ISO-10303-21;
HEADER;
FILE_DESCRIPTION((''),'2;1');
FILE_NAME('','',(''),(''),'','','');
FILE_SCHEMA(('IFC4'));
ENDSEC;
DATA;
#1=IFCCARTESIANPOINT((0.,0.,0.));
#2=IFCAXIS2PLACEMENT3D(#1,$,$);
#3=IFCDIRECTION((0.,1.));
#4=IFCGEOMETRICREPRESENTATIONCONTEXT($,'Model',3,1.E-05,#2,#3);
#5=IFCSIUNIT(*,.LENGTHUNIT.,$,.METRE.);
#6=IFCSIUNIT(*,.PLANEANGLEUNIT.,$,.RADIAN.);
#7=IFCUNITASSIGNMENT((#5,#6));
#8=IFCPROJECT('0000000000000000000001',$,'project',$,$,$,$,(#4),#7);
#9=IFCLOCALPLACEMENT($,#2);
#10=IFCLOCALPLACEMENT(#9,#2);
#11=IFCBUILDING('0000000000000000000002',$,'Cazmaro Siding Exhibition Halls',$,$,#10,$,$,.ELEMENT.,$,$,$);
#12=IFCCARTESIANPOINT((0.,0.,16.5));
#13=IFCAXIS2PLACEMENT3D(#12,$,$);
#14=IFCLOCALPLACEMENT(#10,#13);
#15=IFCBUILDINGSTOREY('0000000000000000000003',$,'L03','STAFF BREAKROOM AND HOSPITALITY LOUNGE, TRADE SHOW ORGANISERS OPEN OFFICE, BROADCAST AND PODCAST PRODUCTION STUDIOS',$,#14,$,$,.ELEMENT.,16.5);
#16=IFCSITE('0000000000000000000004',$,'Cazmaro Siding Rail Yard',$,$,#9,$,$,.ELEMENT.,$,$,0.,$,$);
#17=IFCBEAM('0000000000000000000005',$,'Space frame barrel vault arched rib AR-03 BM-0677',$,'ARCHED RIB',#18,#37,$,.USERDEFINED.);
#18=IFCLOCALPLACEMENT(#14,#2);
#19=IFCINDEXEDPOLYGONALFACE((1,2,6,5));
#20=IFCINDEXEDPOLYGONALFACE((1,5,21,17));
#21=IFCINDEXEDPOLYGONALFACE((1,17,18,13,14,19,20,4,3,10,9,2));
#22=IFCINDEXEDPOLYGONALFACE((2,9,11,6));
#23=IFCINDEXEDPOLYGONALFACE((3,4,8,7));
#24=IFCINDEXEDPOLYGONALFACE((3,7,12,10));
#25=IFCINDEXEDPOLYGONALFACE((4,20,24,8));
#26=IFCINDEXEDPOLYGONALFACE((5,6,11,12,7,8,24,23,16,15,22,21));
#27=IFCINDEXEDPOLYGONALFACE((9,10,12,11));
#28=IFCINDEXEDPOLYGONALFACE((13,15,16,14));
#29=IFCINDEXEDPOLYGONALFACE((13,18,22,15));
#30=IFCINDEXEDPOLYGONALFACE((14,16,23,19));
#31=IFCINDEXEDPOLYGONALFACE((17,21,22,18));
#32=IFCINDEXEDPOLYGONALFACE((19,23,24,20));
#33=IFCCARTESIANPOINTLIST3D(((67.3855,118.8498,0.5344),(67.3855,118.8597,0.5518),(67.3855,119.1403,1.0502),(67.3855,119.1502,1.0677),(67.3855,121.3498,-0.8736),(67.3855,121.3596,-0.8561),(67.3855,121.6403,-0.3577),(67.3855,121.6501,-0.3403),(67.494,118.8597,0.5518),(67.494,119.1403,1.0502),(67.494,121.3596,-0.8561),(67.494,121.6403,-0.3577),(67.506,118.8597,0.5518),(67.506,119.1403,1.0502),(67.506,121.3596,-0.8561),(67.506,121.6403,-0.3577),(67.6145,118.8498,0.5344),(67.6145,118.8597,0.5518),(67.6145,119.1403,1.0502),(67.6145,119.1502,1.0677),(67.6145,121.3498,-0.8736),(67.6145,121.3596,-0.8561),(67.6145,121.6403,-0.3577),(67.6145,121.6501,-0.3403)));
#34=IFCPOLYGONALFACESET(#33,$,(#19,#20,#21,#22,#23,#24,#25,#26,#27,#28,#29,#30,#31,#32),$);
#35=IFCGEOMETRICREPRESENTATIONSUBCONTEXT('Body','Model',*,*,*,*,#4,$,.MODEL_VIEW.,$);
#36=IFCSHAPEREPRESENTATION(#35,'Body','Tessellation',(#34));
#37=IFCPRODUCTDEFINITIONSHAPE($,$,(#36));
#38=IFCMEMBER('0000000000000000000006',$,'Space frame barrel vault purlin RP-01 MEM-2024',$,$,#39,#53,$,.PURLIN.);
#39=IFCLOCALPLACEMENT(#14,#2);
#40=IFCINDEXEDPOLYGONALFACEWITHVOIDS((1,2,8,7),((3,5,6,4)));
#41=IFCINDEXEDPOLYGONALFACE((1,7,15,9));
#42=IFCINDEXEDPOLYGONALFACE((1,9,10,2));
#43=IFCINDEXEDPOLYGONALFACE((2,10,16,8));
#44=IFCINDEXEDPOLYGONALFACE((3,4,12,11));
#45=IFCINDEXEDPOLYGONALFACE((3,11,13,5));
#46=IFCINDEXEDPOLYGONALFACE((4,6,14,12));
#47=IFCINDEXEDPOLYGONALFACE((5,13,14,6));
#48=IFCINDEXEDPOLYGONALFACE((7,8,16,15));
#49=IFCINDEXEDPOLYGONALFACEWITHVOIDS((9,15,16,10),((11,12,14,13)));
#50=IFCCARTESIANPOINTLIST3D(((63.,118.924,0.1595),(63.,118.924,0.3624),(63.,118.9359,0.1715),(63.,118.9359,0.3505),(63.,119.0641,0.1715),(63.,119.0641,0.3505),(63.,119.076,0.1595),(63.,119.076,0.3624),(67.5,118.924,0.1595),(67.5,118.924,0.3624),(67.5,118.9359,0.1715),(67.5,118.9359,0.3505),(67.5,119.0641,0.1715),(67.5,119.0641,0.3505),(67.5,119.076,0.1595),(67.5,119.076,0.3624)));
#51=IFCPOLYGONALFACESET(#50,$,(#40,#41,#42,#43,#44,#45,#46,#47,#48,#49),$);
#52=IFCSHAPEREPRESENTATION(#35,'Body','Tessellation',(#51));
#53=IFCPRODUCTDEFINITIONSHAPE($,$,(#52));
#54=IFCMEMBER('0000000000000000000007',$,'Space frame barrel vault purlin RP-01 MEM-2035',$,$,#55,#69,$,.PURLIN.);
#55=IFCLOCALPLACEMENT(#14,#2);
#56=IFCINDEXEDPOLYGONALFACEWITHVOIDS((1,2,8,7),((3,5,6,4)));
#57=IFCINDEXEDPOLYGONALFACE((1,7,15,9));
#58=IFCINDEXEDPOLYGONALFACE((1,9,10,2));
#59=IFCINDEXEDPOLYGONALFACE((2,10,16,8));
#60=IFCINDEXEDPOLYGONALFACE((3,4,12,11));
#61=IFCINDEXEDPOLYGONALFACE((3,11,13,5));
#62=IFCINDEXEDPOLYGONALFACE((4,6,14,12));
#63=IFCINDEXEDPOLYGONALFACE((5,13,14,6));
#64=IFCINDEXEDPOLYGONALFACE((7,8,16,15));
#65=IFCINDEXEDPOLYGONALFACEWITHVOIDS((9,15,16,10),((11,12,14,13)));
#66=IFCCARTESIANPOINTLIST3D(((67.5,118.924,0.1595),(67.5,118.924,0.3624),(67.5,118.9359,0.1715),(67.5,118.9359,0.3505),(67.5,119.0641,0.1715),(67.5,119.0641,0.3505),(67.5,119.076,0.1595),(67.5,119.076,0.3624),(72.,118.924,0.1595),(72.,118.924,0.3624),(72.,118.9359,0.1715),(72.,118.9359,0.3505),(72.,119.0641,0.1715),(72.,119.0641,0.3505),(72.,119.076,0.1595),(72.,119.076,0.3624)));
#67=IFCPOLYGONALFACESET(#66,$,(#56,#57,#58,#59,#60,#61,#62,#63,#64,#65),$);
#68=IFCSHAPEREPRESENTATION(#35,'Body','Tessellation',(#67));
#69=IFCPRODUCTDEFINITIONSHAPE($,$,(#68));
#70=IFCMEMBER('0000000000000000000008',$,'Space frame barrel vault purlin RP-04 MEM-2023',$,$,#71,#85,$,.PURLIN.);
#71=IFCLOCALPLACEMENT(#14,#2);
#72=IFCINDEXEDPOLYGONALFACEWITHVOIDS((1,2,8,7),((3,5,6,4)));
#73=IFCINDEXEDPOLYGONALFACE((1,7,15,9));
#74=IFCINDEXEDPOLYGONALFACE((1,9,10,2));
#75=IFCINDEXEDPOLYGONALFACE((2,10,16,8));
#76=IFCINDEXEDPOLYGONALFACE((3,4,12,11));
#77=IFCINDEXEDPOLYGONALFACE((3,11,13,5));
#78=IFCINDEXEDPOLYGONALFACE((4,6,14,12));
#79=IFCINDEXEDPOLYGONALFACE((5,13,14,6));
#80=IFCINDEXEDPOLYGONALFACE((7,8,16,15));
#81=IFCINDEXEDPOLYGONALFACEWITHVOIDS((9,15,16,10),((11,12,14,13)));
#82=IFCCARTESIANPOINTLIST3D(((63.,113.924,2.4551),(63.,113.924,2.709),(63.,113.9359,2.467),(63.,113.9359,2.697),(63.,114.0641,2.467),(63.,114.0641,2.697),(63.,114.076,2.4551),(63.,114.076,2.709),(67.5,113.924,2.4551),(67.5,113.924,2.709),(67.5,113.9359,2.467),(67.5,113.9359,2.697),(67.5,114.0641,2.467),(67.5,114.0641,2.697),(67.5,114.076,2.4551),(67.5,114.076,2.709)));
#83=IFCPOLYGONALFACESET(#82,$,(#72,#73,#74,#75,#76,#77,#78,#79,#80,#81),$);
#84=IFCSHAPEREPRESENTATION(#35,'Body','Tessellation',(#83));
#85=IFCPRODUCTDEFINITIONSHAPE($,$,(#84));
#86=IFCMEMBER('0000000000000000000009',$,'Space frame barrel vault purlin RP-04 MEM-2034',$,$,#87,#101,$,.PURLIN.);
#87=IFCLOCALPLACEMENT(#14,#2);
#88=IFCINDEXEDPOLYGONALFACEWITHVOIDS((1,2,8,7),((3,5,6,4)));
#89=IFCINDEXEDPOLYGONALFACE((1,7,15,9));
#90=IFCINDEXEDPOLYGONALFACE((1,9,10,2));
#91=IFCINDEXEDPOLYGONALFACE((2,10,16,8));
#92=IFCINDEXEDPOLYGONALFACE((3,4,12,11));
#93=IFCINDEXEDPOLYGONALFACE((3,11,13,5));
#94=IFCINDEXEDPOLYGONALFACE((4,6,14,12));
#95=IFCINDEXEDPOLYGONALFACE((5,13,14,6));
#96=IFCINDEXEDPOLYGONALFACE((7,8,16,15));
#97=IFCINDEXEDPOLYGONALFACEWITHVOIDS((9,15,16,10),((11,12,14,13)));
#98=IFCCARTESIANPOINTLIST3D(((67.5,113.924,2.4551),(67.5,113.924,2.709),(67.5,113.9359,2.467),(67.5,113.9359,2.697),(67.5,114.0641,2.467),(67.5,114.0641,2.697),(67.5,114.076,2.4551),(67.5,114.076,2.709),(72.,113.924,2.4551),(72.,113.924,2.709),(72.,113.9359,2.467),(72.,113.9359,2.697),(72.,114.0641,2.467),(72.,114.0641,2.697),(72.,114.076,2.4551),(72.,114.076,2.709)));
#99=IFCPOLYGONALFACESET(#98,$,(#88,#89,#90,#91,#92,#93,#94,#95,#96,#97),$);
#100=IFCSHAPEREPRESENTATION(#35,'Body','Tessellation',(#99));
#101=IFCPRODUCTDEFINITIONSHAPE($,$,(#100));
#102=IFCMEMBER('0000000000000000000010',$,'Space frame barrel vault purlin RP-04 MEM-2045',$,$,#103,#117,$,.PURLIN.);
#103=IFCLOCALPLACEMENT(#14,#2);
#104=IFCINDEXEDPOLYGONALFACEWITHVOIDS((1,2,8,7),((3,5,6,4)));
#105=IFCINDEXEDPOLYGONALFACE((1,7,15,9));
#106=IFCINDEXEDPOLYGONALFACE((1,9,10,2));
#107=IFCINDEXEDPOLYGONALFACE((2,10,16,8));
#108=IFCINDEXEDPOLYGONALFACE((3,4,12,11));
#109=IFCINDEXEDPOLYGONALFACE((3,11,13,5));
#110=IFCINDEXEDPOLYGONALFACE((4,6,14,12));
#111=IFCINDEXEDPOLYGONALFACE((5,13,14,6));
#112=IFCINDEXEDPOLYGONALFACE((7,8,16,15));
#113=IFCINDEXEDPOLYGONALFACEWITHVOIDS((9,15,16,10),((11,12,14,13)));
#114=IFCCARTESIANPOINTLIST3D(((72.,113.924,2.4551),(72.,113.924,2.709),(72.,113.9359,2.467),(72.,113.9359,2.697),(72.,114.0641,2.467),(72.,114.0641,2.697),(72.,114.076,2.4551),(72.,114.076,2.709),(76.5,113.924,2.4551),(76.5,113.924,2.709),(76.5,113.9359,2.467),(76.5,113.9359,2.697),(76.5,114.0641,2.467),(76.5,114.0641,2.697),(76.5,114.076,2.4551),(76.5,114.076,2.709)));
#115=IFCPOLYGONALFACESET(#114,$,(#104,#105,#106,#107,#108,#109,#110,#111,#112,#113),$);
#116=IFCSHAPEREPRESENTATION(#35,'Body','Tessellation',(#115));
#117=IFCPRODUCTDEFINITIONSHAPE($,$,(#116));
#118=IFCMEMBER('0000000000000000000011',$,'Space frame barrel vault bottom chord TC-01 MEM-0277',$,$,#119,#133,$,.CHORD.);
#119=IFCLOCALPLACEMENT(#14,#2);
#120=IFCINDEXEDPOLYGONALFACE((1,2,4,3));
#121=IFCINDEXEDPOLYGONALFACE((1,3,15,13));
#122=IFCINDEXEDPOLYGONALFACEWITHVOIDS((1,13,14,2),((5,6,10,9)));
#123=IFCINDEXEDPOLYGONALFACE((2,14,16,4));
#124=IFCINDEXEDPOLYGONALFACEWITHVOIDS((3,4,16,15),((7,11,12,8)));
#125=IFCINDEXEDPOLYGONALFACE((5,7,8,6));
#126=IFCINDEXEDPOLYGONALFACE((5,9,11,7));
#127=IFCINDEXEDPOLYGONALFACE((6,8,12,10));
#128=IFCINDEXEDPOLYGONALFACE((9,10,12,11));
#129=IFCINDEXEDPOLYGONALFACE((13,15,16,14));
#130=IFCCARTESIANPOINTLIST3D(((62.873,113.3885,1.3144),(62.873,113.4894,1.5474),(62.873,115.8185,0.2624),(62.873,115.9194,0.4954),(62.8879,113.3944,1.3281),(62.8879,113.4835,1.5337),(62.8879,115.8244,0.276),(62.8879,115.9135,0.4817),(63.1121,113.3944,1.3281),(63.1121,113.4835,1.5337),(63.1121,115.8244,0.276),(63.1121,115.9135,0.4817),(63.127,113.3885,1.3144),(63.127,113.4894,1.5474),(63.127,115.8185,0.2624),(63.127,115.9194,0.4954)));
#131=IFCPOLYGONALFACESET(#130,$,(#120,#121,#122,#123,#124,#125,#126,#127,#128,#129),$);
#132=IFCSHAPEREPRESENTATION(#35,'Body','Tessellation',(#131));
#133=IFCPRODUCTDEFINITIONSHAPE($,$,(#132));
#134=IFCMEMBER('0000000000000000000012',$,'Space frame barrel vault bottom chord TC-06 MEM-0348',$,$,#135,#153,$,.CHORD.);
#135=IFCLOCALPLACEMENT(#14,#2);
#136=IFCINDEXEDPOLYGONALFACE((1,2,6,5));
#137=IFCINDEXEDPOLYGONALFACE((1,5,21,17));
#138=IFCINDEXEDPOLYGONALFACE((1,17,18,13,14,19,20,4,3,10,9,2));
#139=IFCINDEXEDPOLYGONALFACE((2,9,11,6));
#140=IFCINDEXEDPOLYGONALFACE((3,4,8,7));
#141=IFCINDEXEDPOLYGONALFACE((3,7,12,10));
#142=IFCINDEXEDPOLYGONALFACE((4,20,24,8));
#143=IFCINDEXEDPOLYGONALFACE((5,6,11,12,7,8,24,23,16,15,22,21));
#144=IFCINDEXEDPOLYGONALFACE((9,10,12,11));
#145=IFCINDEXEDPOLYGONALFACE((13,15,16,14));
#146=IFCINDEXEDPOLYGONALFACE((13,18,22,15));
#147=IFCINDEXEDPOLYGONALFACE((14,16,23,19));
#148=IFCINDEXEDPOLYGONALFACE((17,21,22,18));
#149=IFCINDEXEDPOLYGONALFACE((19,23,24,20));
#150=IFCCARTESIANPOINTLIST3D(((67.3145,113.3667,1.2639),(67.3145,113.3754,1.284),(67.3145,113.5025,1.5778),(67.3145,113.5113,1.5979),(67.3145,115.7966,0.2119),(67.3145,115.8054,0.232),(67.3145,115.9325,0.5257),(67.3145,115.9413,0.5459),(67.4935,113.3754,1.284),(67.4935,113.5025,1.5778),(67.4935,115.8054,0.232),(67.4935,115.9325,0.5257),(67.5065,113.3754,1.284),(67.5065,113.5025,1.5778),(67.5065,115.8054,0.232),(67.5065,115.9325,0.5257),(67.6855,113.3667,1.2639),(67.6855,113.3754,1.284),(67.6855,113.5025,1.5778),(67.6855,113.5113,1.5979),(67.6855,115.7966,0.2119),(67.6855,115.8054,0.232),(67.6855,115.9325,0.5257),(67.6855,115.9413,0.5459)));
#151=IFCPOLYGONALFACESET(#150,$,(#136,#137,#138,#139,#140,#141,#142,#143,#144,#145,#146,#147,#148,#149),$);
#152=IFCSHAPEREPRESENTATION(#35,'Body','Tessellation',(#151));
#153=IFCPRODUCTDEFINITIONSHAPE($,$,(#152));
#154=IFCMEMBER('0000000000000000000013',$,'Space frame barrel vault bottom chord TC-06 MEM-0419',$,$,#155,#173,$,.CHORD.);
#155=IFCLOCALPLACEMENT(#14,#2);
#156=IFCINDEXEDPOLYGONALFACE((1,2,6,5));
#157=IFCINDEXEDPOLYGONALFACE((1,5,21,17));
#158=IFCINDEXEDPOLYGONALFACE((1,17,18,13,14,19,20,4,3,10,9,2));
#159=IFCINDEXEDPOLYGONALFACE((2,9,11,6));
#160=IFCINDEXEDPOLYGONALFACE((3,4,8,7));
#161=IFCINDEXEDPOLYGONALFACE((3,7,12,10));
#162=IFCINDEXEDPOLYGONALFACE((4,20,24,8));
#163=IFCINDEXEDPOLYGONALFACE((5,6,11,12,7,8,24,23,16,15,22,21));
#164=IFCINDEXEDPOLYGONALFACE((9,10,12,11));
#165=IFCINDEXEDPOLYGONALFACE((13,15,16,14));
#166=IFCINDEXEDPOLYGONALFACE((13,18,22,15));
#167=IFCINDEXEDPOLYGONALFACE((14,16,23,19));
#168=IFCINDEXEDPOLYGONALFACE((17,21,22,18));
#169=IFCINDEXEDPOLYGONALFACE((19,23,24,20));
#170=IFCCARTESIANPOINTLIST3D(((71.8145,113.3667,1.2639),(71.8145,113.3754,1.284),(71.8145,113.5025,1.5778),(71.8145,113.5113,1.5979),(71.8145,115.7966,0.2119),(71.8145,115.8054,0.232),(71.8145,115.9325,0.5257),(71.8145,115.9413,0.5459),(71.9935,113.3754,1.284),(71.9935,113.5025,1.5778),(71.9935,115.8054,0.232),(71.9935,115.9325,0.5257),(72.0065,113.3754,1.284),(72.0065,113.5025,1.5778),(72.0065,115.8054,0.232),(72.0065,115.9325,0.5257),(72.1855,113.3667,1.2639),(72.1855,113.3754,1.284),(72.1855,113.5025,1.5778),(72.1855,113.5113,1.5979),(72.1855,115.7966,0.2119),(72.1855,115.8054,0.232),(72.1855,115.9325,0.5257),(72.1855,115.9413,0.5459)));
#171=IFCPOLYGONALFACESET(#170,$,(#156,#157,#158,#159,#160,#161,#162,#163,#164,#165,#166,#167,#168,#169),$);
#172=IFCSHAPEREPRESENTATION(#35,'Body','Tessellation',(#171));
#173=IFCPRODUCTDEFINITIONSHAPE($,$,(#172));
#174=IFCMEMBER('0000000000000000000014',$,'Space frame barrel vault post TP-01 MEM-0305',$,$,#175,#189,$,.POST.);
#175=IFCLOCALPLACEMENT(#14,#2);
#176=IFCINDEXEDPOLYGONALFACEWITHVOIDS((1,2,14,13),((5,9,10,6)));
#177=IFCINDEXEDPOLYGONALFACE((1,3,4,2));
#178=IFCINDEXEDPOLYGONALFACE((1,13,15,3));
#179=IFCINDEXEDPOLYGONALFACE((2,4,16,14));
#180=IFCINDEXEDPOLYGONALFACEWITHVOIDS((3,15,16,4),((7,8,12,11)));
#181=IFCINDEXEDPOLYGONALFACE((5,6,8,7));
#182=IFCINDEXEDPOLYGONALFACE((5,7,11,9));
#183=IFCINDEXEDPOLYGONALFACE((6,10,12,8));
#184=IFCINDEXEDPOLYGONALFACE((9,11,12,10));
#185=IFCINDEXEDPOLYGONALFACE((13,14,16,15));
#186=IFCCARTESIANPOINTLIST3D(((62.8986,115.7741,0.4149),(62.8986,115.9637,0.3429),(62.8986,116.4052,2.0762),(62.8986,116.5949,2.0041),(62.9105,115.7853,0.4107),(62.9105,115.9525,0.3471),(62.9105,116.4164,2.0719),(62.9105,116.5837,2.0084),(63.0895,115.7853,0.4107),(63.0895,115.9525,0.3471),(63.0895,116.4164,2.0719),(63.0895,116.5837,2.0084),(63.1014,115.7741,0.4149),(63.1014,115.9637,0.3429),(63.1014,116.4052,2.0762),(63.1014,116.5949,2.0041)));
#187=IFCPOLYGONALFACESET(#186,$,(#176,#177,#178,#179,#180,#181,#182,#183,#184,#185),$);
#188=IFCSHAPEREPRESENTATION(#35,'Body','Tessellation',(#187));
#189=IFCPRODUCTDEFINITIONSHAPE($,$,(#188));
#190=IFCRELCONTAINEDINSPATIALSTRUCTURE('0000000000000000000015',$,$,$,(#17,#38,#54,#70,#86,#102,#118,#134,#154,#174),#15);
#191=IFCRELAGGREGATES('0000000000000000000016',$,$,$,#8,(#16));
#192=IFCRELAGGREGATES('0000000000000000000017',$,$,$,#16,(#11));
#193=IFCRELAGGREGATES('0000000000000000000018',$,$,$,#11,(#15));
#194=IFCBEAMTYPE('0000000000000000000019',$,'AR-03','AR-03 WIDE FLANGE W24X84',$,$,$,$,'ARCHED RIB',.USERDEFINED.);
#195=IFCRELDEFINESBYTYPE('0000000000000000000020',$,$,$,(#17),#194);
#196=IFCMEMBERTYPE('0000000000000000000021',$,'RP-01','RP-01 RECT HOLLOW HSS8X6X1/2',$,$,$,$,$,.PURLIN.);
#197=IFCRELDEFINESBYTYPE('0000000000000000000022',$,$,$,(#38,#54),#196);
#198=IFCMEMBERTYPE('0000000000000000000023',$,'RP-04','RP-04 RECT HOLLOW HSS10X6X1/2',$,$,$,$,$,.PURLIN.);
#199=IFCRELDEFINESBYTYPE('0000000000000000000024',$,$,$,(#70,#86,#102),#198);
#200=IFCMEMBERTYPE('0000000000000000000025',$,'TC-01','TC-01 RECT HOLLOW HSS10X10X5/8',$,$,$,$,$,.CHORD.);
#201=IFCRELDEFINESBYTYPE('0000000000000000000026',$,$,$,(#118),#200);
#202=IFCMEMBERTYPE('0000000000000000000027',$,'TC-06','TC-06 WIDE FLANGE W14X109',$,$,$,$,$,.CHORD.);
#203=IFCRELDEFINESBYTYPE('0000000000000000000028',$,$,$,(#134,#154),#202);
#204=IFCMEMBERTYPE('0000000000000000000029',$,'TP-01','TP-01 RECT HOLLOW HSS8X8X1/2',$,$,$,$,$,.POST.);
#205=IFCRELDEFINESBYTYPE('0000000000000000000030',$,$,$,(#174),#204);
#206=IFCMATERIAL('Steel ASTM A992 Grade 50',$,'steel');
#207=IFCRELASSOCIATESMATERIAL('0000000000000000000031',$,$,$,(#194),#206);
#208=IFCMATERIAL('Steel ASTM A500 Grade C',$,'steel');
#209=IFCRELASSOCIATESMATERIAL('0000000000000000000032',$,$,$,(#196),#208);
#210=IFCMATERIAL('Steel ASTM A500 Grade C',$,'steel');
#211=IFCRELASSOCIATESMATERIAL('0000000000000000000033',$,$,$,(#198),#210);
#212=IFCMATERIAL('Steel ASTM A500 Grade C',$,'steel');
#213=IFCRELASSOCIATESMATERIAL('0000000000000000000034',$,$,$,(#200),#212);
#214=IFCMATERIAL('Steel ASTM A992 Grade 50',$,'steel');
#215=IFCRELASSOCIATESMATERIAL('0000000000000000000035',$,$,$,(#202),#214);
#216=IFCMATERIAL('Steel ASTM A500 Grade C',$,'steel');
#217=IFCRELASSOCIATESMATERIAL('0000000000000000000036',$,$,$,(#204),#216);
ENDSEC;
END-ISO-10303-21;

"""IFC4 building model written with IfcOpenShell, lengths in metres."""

from ifc_helpers import new_model, si_unit, direction, frame, origin, origin_2d, place, context, subcontext, project, spatial, hollow_rectangle, i_section, extrude, material, material_profile, profile_set, type_object, element, save


model = new_model("IFC4")

# Units and contexts
model_context = context("Model", 3, precision=1e-05, world=origin(), true_north=direction((0.0, 1.0)))
body_context = subcontext(model_context, "Body", "Model", "MODEL_VIEW")
ifc_project = project(units=[si_unit("LENGTHUNIT", "METRE"), si_unit("PLANEANGLEUNIT", "RADIAN")], contexts=[model_context])

# Site, building, storey
site_placement = place(None, origin())
site = spatial("IfcSite", under=ifc_project, at=site_placement, Name="Cazmaro Siding Rail Yard", CompositionType="ELEMENT", RefElevation=0.0)
building_placement = place(site_placement, origin())
building = spatial("IfcBuilding", under=site, at=building_placement, Name="Cazmaro Siding Exhibition Halls", CompositionType="ELEMENT")
storey_placement = place(building_placement, frame((0.0, 0.0, 16.5)))
storey = spatial("IfcBuildingStorey", under=building, at=storey_placement, Name="L03", Description="STAFF BREAKROOM AND HOSPITALITY LOUNGE, TRADE SHOW ORGANISERS OPEN OFFICE, BROADCAST AND PODCAST PRODUCTION STUDIOS", CompositionType="ELEMENT", Elevation=16.5)

# Beam
ifc_material_1 = material(Name="Steel ASTM A992 Grade 50", Category="steel")
ifc_material_profile_1 = material_profile(ifc_material_1, i_section(OverallWidth=0.229, OverallDepth=0.6121, WebThickness=0.012, FlangeThickness=0.02, at=origin_2d()), Name="W24X84")
ifc_profile_set_1 = profile_set([ifc_material_profile_1], Name="Steel ASTM A992 Grade 50")
beam_type_1 = type_object("IfcBeamType", Name="AR-03", Description="AR-03 WIDE FLANGE W24X84", ElementType="ARCHED RIB", PredefinedType="USERDEFINED", material=ifc_profile_set_1)
beam_1_placement = place(storey_placement, frame((67.5, 119.0, 0.801), z_axis=(0.0, 0.871321, -0.490714), x_axis=(-1.0, 0.0, 0.0)))
element("IfcBeam", 1, at=beam_1_placement, inside=storey, type_object=beam_type_1, Name="Space frame barrel vault arched rib AR-03 BM-0677", ObjectType="ARCHED RIB", PredefinedType="USERDEFINED", context=body_context, shape_type="SweptSolid", body=[
    extrude(i_section(OverallWidth=0.229, OverallDepth=0.6121, WebThickness=0.012, FlangeThickness=0.02, at=origin_2d()), origin(), (0.0, 0.0, 1.0), 2.8691),
])

# Members
ifc_material_2 = material(Name="Steel ASTM A500 Grade C", Category="steel")
ifc_material_profile_2 = material_profile(ifc_material_2, hollow_rectangle(XDim=0.1521, YDim=0.2029, WallThickness=0.012, at=origin_2d()), Name="HSS8X6X1/2")
ifc_profile_set_2 = profile_set([ifc_material_profile_2], Name="Steel ASTM A500 Grade C")
member_type_1 = type_object("IfcMemberType", Name="RP-01", Description="RP-01 RECT HOLLOW HSS8X6X1/2", PredefinedType="PURLIN", material=ifc_profile_set_2)
for number, where, z_axis, x_axis, name in (
    (2, (63.0, 119.0, 0.261), (1.0, 0.0, 0.0), (0.0, 1.0, 0.0), "Space frame barrel vault purlin RP-01 MEM-2024"),
    (3, (67.5, 119.0, 0.261), (1.0, 0.0, 0.0), (0.0, 1.0, 0.0), "Space frame barrel vault purlin RP-01 MEM-2035"),
):
    element("IfcMember", number, at=place(storey_placement, frame(where, z_axis=z_axis, x_axis=x_axis)), inside=storey, type_object=member_type_1, Name=name, PredefinedType="PURLIN", context=body_context, shape_type="SweptSolid", body=[
        extrude(hollow_rectangle(XDim=0.1521, YDim=0.2029, WallThickness=0.012, at=origin_2d()), origin(), (0.0, 0.0, 1.0), 4.5),
    ])
ifc_material_3 = material(Name="Steel ASTM A500 Grade C", Category="steel")
ifc_material_profile_3 = material_profile(ifc_material_3, hollow_rectangle(XDim=0.1521, YDim=0.2539, WallThickness=0.012, at=origin_2d()), Name="HSS10X6X1/2")
ifc_profile_set_3 = profile_set([ifc_material_profile_3], Name="Steel ASTM A500 Grade C")
member_type_2 = type_object("IfcMemberType", Name="RP-04", Description="RP-04 RECT HOLLOW HSS10X6X1/2", PredefinedType="PURLIN", material=ifc_profile_set_3)
for number, where, z_axis, x_axis, name in (
    (4, (63.0, 114.0, 2.582), (1.0, 0.0, 0.0), (0.0, 1.0, 0.0), "Space frame barrel vault purlin RP-04 MEM-2023"),
    (5, (67.5, 114.0, 2.582), (1.0, 0.0, 0.0), (0.0, 1.0, 0.0), "Space frame barrel vault purlin RP-04 MEM-2034"),
    (6, (72.0, 114.0, 2.582), (1.0, 0.0, 0.0), (0.0, 1.0, 0.0), "Space frame barrel vault purlin RP-04 MEM-2045"),
):
    element("IfcMember", number, at=place(storey_placement, frame(where, z_axis=z_axis, x_axis=x_axis)), inside=storey, type_object=member_type_2, Name=name, PredefinedType="PURLIN", context=body_context, shape_type="SweptSolid", body=[
        extrude(hollow_rectangle(XDim=0.1521, YDim=0.2539, WallThickness=0.012, at=origin_2d()), origin(), (0.0, 0.0, 1.0), 4.5),
    ])
ifc_material_4 = material(Name="Steel ASTM A500 Grade C", Category="steel")
ifc_material_profile_4 = material_profile(ifc_material_4, hollow_rectangle(XDim=0.2539, YDim=0.2539, WallThickness=0.0149, at=origin_2d()), Name="HSS10X10X5/8")
ifc_profile_set_4 = profile_set([ifc_material_profile_4], Name="Steel ASTM A500 Grade C")
member_type_3 = type_object("IfcMemberType", Name="TC-01", Description="TC-01 RECT HOLLOW HSS10X10X5/8", PredefinedType="CHORD", material=ifc_profile_set_4)
member_placement = place(storey_placement, frame((63.0, 113.439, 1.4309), z_axis=(0.0, 0.917689, -0.397299), x_axis=(-1.0, 0.0, 0.0)))
element("IfcMember", 7, at=member_placement, inside=storey, type_object=member_type_3, Name="Space frame barrel vault bottom chord TC-01 MEM-0277", PredefinedType="CHORD", context=body_context, shape_type="SweptSolid", body=[
    extrude(hollow_rectangle(XDim=0.2539, YDim=0.2539, WallThickness=0.0149, at=origin_2d()), origin(), (0.0, 0.0, 1.0), 2.6479),
])
ifc_material_5 = material(Name="Steel ASTM A992 Grade 50", Category="steel")
ifc_material_profile_5 = material_profile(ifc_material_5, i_section(OverallWidth=0.3711, OverallDepth=0.364, WebThickness=0.0129, FlangeThickness=0.022, at=origin_2d()), Name="W14X109")
ifc_profile_set_5 = profile_set([ifc_material_profile_5], Name="Steel ASTM A992 Grade 50")
member_type_4 = type_object("IfcMemberType", Name="TC-06", Description="TC-06 WIDE FLANGE W14X109", PredefinedType="CHORD", material=ifc_profile_set_5)
for number, where, z_axis, x_axis, name in (
    (8, (67.5, 113.439, 1.4309), (0.0, 0.917689, -0.397299), (-1.0, 0.0, 0.0), "Space frame barrel vault bottom chord TC-06 MEM-0348"),
    (9, (72.0, 113.439, 1.4309), (0.0, 0.917689, -0.397299), (-1.0, 0.0, 0.0), "Space frame barrel vault bottom chord TC-06 MEM-0419"),
):
    element("IfcMember", number, at=place(storey_placement, frame(where, z_axis=z_axis, x_axis=x_axis)), inside=storey, type_object=member_type_4, Name=name, PredefinedType="CHORD", context=body_context, shape_type="SweptSolid", body=[
        extrude(i_section(OverallWidth=0.3711, OverallDepth=0.364, WebThickness=0.0129, FlangeThickness=0.022, at=origin_2d()), origin(), (0.0, 0.0, 1.0), 2.6479),
    ])
ifc_material_6 = material(Name="Steel ASTM A500 Grade C", Category="steel")
ifc_material_profile_6 = material_profile(ifc_material_6, hollow_rectangle(XDim=0.2029, YDim=0.2029, WallThickness=0.012, at=origin_2d()), Name="HSS8X8X1/2")
ifc_profile_set_6 = profile_set([ifc_material_profile_6], Name="Steel ASTM A500 Grade C")
member_type_5 = type_object("IfcMemberType", Name="TP-01", Description="TP-01 RECT HOLLOW HSS8X8X1/2", PredefinedType="POST", material=ifc_profile_set_6)
for number, where, z_axis, x_axis, name in (
    (10, (63.0, 115.8689, 0.3789), (0.0, 0.355155, 0.934807), (-1.0, 0.0, 0.0), "Space frame barrel vault post TP-01 MEM-0305"),
):
    element("IfcMember", number, at=place(storey_placement, frame(where, z_axis=z_axis, x_axis=x_axis)), inside=storey, type_object=member_type_5, Name=name, PredefinedType="POST", context=body_context, shape_type="SweptSolid", body=[
        extrude(hollow_rectangle(XDim=0.2029, YDim=0.2029, WallThickness=0.012, at=origin_2d()), origin(), (0.0, 0.0, 1.0), 1.7771),
    ])

save(model, "model.ifc")
